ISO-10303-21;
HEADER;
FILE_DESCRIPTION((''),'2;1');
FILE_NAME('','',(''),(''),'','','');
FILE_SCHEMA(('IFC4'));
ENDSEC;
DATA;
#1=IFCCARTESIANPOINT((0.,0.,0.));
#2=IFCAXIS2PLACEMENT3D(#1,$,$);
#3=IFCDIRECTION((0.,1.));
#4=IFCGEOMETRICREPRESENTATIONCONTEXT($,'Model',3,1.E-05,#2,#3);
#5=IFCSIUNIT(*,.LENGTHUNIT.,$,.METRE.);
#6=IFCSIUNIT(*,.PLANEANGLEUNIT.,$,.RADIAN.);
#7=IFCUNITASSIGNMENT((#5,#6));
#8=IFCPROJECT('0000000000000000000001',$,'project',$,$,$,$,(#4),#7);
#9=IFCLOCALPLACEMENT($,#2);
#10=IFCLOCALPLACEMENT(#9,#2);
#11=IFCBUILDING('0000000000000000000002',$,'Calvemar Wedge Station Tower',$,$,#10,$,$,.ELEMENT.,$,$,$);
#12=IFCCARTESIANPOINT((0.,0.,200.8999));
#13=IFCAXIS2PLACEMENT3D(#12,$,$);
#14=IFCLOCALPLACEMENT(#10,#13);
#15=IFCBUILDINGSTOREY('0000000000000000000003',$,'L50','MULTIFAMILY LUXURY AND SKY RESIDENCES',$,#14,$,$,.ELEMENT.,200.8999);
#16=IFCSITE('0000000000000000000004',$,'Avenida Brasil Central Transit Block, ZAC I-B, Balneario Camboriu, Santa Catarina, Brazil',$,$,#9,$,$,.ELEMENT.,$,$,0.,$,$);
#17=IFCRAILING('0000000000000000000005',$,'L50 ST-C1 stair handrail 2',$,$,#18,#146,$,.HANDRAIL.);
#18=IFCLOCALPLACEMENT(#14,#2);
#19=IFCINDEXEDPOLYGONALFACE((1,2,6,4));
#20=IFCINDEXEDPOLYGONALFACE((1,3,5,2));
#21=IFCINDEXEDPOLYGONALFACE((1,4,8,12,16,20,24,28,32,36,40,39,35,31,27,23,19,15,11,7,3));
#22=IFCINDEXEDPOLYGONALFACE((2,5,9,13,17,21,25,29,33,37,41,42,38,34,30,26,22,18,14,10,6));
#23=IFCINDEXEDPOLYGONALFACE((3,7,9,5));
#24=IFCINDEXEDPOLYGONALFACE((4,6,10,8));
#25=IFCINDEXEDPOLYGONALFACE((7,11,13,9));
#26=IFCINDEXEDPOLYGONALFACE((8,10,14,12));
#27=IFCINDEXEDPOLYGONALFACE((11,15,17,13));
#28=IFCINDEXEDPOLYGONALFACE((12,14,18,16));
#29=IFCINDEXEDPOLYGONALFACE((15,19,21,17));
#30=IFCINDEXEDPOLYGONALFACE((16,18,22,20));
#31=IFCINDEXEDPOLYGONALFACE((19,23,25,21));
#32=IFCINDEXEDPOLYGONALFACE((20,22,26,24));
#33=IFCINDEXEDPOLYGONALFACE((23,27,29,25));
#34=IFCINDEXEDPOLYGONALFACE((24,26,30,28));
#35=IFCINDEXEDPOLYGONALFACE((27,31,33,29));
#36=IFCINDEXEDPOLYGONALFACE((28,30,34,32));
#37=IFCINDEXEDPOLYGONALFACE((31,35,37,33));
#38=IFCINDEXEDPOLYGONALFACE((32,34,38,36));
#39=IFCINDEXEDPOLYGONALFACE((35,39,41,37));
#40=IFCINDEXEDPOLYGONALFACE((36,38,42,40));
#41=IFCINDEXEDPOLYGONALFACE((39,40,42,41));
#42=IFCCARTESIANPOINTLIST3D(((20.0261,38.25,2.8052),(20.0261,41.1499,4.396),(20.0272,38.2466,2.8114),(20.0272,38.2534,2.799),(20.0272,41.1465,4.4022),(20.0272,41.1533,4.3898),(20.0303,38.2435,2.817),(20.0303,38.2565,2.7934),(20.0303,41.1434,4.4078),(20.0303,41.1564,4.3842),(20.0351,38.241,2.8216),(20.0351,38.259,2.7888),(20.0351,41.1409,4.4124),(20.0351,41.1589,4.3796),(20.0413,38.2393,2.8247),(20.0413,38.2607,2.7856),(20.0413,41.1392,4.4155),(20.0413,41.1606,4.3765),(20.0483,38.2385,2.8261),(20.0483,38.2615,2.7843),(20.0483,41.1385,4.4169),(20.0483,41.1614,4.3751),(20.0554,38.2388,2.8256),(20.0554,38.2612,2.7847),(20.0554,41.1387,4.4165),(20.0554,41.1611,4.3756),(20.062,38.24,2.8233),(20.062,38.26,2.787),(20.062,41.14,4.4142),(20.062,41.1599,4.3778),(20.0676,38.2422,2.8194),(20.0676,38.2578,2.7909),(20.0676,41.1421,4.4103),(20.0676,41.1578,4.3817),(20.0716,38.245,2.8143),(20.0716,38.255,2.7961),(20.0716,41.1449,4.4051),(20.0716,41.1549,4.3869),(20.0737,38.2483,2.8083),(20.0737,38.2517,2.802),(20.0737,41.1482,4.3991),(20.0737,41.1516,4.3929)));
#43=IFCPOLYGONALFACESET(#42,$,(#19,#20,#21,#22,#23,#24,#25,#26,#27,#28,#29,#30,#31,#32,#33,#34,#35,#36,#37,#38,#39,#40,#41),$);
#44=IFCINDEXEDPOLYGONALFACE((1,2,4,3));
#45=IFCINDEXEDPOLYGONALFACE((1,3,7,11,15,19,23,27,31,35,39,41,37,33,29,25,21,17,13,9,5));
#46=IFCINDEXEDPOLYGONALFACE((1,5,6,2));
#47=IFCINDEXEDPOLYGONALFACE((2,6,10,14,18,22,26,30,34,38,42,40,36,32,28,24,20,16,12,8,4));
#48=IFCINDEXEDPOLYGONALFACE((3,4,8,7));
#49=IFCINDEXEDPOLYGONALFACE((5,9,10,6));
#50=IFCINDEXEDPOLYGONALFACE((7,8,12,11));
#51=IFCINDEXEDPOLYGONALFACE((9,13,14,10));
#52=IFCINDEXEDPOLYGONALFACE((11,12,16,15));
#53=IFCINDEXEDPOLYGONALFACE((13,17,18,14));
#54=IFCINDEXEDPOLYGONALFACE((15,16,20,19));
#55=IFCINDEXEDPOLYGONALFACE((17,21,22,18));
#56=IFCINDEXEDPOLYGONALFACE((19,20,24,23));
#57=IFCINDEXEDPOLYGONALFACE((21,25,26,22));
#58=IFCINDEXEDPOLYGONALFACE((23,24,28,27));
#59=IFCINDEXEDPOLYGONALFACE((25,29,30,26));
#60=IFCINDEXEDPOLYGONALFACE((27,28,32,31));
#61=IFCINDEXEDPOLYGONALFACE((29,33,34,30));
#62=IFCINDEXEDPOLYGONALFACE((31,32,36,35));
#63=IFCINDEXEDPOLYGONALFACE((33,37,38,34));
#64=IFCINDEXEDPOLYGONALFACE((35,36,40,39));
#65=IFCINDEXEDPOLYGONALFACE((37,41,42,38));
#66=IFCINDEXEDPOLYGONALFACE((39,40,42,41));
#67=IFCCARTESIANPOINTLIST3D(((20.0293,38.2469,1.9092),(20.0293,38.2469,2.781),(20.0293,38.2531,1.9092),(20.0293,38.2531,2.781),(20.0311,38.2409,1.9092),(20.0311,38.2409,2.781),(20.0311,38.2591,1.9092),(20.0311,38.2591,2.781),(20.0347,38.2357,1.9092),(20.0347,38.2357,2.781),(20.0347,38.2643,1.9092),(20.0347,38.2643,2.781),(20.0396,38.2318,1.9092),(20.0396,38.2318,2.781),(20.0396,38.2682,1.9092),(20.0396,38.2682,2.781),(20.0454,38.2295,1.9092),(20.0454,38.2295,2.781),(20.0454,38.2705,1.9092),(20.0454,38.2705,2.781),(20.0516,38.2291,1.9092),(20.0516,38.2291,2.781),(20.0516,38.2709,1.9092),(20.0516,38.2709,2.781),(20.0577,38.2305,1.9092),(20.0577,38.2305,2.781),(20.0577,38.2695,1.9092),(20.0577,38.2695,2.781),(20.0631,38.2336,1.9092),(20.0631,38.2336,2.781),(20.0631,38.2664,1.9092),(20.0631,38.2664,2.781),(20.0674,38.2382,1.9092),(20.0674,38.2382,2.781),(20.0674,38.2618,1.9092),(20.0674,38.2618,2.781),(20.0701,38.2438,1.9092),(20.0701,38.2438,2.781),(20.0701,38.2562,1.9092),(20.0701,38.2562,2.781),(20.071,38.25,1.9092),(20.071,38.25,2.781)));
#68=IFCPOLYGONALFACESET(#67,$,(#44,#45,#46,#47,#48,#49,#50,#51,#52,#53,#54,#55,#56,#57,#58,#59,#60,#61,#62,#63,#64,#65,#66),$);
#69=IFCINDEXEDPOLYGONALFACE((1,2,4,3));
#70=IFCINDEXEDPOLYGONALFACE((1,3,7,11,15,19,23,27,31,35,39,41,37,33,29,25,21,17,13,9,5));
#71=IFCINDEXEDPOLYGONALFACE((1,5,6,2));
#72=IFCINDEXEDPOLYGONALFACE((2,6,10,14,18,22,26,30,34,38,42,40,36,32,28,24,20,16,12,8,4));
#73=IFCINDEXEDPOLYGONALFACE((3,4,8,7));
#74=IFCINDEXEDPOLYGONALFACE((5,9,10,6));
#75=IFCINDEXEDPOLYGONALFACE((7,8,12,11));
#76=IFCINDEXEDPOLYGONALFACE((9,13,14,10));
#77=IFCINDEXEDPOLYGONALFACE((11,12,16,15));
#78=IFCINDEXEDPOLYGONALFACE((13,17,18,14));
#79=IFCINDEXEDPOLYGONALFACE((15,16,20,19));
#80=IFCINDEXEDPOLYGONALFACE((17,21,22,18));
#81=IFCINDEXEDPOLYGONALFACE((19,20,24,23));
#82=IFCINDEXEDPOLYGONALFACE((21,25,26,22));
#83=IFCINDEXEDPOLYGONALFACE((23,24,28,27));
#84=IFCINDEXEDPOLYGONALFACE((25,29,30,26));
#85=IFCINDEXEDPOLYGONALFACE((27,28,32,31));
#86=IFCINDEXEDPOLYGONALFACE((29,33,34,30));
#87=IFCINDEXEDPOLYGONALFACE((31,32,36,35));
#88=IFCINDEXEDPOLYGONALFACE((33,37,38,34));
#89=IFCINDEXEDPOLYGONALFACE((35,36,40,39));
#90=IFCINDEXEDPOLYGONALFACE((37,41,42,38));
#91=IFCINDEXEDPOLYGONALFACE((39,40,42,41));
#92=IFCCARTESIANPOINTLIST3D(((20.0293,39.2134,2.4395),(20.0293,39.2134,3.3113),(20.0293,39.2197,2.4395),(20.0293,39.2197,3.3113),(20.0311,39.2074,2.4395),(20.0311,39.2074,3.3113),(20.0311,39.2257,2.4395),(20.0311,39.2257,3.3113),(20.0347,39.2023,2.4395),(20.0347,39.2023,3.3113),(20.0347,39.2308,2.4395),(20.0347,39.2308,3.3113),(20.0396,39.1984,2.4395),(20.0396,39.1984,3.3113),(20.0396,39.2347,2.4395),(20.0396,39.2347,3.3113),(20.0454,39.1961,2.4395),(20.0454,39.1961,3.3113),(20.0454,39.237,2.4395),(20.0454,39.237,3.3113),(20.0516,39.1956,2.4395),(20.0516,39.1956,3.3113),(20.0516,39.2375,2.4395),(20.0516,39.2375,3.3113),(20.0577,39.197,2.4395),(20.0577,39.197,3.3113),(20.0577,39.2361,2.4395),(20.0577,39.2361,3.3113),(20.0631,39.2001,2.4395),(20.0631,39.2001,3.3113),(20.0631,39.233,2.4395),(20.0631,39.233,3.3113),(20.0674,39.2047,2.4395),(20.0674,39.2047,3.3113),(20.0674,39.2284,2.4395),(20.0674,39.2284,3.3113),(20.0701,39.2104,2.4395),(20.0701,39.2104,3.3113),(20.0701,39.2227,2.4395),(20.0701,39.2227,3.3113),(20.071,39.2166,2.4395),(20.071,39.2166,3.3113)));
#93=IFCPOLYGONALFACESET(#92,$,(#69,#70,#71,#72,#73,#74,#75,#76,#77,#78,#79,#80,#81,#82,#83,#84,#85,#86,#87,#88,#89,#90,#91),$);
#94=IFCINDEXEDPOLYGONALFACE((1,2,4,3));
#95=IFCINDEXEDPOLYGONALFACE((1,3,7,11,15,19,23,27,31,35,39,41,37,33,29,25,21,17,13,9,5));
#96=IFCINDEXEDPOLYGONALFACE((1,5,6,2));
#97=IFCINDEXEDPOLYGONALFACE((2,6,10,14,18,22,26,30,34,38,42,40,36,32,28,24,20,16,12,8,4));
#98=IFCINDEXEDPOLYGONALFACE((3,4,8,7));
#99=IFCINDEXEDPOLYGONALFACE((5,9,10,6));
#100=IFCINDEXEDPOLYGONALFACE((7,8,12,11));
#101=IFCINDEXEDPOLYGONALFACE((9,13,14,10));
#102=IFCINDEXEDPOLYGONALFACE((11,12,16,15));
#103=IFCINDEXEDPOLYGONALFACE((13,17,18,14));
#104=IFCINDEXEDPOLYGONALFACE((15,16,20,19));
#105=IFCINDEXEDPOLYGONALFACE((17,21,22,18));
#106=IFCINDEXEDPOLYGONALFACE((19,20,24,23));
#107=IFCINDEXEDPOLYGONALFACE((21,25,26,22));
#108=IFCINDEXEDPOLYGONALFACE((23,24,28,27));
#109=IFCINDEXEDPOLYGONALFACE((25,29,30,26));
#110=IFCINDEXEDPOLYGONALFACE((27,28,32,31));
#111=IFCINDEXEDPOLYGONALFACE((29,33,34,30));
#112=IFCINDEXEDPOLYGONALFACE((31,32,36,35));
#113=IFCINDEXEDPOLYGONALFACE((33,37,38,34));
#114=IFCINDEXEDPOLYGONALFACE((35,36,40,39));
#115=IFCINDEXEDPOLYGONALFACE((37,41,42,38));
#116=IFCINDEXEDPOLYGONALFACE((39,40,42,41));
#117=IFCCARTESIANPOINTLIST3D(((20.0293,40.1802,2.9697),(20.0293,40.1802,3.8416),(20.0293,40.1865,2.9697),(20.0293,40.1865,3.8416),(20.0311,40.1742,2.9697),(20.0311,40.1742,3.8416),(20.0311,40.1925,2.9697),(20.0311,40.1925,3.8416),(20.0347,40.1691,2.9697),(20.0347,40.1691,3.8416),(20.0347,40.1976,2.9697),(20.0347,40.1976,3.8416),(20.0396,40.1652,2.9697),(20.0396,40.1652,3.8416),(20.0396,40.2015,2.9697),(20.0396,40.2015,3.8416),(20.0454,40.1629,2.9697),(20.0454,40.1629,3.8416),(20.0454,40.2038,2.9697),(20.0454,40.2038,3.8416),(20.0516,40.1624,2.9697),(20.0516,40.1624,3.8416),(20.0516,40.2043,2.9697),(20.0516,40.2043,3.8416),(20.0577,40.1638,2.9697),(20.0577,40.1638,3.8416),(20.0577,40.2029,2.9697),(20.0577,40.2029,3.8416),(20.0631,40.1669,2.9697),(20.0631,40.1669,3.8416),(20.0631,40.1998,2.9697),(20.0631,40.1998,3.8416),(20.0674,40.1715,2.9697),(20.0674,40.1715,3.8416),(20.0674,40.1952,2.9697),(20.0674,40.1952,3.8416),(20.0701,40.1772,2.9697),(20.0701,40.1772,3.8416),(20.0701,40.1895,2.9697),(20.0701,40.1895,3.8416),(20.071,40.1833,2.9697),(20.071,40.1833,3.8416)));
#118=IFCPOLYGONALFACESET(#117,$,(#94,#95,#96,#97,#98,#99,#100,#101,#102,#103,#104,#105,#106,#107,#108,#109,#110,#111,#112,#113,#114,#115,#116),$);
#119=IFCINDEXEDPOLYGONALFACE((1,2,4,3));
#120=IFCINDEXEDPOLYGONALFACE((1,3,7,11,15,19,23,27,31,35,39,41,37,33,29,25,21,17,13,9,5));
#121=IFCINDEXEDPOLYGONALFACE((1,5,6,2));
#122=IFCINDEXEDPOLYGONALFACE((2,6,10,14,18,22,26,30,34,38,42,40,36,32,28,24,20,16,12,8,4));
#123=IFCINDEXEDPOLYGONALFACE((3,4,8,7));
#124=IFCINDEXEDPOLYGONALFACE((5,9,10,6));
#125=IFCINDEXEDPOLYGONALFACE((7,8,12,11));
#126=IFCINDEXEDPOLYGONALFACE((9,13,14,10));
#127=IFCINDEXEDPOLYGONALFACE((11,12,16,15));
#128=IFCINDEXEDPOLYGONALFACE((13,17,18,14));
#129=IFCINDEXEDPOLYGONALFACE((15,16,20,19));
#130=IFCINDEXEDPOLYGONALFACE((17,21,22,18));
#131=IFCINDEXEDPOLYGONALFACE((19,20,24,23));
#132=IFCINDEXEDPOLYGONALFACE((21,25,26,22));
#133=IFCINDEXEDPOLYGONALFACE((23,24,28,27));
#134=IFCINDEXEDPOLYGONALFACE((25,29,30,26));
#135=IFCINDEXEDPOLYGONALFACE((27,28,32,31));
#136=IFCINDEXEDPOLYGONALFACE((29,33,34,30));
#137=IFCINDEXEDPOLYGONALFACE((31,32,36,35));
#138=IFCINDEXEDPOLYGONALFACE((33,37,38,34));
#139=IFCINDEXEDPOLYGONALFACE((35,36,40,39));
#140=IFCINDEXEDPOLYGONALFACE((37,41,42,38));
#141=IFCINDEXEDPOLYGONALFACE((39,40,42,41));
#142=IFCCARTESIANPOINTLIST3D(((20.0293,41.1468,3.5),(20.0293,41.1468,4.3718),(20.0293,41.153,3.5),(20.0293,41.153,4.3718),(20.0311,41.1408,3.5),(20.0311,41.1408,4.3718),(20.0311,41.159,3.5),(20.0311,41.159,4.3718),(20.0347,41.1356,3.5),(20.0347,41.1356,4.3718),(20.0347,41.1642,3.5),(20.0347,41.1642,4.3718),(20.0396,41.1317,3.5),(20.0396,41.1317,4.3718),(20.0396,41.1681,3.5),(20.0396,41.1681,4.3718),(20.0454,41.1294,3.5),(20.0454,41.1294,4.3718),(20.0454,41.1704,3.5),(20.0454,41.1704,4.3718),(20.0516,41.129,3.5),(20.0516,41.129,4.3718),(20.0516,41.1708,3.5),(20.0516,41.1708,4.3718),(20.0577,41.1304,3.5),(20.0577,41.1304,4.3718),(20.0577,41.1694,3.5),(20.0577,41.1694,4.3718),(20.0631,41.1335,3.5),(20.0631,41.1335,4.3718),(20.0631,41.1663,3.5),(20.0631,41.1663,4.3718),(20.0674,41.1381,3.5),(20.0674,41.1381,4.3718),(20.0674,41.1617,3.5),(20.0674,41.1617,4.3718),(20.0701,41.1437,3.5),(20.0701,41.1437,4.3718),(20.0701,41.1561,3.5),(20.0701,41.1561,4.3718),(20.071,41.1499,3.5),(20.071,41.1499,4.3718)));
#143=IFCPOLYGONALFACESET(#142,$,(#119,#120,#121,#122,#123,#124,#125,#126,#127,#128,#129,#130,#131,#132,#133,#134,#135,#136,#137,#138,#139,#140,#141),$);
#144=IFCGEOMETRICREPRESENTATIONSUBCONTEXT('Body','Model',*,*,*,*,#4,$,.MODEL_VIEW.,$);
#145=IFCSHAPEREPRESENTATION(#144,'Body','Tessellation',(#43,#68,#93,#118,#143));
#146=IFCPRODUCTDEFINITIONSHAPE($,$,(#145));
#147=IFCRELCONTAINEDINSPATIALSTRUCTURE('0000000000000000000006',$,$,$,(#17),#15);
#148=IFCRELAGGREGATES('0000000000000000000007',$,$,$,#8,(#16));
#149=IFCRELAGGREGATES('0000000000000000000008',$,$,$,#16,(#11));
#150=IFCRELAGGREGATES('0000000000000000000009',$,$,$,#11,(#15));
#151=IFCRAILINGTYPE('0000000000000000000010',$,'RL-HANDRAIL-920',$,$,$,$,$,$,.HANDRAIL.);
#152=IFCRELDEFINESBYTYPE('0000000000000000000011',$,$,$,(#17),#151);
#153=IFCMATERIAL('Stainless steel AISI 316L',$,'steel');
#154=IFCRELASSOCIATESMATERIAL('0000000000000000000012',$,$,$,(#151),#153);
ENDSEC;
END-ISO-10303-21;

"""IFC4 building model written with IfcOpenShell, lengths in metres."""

from ifc_helpers import new_model, si_unit, direction, frame, origin, origin_2d, place, context, subcontext, project, spatial, circle, extrude, material, type_object, element, save


model = new_model("IFC4")

# Units and contexts
model_context = context("Model", 3, precision=1e-05, world=origin(), true_north=direction((0.0, 1.0)))
body_context = subcontext(model_context, "Body", "Model", "MODEL_VIEW")
ifc_project = project(units=[si_unit("LENGTHUNIT", "METRE"), si_unit("PLANEANGLEUNIT", "RADIAN")], contexts=[model_context])

# Site, building, storey
site_placement = place(None, origin())
site = spatial("IfcSite", under=ifc_project, at=site_placement, Name="Avenida Brasil Central Transit Block, ZAC I-B, Balneario Camboriu, Santa Catarina, Brazil", CompositionType="ELEMENT", RefElevation=0.0)
building_placement = place(site_placement, origin())
building = spatial("IfcBuilding", under=site, at=building_placement, Name="Calvemar Wedge Station Tower", CompositionType="ELEMENT")
storey_placement = place(building_placement, frame((0.0, 0.0, 200.8999)))
storey = spatial("IfcBuildingStorey", under=building, at=storey_placement, Name="L50", Description="MULTIFAMILY LUXURY AND SKY RESIDENCES", CompositionType="ELEMENT", Elevation=200.8999)

# Railing
ifc_material_1 = material(Name="Stainless steel AISI 316L", Category="steel")
railing_type_1 = type_object("IfcRailingType", Name="RL-HANDRAIL-920", PredefinedType="HANDRAIL", material=ifc_material_1)
railing_1_placement = place(storey_placement, frame((20.05, 38.25, 1.9092)))
element("IfcRailing", 1, at=railing_1_placement, inside=storey, type_object=railing_type_1, Name="L50 ST-C1 stair handrail 2", PredefinedType="HANDRAIL", context=body_context, shape_type="SweptSolid", body=[
    extrude(circle(Radius=0.0239, at=origin_2d()), frame((0.0, 0.0, 0.896), z_axis=(0.0, 0.876742, 0.480961), x_axis=(-1.0, 0.0, 0.0)), (0.0, 0.0, 1.0), 3.3076),
    extrude(circle(Radius=0.021, at=origin_2d()), origin(), (0.0, 0.0, 1.0), 0.8718),
    extrude(circle(Radius=0.021, at=origin_2d()), frame((0.0, 0.9666, 0.5303)), (0.0, 0.0, 1.0), 0.8718),
    extrude(circle(Radius=0.021, at=origin_2d()), frame((0.0, 1.9333, 1.0605)), (0.0, 0.0, 1.0), 0.8718),
    extrude(circle(Radius=0.021, at=origin_2d()), frame((0.0, 2.8999, 1.5908)), (0.0, 0.0, 1.0), 0.8718),
])

save(model, "model.ifc")
